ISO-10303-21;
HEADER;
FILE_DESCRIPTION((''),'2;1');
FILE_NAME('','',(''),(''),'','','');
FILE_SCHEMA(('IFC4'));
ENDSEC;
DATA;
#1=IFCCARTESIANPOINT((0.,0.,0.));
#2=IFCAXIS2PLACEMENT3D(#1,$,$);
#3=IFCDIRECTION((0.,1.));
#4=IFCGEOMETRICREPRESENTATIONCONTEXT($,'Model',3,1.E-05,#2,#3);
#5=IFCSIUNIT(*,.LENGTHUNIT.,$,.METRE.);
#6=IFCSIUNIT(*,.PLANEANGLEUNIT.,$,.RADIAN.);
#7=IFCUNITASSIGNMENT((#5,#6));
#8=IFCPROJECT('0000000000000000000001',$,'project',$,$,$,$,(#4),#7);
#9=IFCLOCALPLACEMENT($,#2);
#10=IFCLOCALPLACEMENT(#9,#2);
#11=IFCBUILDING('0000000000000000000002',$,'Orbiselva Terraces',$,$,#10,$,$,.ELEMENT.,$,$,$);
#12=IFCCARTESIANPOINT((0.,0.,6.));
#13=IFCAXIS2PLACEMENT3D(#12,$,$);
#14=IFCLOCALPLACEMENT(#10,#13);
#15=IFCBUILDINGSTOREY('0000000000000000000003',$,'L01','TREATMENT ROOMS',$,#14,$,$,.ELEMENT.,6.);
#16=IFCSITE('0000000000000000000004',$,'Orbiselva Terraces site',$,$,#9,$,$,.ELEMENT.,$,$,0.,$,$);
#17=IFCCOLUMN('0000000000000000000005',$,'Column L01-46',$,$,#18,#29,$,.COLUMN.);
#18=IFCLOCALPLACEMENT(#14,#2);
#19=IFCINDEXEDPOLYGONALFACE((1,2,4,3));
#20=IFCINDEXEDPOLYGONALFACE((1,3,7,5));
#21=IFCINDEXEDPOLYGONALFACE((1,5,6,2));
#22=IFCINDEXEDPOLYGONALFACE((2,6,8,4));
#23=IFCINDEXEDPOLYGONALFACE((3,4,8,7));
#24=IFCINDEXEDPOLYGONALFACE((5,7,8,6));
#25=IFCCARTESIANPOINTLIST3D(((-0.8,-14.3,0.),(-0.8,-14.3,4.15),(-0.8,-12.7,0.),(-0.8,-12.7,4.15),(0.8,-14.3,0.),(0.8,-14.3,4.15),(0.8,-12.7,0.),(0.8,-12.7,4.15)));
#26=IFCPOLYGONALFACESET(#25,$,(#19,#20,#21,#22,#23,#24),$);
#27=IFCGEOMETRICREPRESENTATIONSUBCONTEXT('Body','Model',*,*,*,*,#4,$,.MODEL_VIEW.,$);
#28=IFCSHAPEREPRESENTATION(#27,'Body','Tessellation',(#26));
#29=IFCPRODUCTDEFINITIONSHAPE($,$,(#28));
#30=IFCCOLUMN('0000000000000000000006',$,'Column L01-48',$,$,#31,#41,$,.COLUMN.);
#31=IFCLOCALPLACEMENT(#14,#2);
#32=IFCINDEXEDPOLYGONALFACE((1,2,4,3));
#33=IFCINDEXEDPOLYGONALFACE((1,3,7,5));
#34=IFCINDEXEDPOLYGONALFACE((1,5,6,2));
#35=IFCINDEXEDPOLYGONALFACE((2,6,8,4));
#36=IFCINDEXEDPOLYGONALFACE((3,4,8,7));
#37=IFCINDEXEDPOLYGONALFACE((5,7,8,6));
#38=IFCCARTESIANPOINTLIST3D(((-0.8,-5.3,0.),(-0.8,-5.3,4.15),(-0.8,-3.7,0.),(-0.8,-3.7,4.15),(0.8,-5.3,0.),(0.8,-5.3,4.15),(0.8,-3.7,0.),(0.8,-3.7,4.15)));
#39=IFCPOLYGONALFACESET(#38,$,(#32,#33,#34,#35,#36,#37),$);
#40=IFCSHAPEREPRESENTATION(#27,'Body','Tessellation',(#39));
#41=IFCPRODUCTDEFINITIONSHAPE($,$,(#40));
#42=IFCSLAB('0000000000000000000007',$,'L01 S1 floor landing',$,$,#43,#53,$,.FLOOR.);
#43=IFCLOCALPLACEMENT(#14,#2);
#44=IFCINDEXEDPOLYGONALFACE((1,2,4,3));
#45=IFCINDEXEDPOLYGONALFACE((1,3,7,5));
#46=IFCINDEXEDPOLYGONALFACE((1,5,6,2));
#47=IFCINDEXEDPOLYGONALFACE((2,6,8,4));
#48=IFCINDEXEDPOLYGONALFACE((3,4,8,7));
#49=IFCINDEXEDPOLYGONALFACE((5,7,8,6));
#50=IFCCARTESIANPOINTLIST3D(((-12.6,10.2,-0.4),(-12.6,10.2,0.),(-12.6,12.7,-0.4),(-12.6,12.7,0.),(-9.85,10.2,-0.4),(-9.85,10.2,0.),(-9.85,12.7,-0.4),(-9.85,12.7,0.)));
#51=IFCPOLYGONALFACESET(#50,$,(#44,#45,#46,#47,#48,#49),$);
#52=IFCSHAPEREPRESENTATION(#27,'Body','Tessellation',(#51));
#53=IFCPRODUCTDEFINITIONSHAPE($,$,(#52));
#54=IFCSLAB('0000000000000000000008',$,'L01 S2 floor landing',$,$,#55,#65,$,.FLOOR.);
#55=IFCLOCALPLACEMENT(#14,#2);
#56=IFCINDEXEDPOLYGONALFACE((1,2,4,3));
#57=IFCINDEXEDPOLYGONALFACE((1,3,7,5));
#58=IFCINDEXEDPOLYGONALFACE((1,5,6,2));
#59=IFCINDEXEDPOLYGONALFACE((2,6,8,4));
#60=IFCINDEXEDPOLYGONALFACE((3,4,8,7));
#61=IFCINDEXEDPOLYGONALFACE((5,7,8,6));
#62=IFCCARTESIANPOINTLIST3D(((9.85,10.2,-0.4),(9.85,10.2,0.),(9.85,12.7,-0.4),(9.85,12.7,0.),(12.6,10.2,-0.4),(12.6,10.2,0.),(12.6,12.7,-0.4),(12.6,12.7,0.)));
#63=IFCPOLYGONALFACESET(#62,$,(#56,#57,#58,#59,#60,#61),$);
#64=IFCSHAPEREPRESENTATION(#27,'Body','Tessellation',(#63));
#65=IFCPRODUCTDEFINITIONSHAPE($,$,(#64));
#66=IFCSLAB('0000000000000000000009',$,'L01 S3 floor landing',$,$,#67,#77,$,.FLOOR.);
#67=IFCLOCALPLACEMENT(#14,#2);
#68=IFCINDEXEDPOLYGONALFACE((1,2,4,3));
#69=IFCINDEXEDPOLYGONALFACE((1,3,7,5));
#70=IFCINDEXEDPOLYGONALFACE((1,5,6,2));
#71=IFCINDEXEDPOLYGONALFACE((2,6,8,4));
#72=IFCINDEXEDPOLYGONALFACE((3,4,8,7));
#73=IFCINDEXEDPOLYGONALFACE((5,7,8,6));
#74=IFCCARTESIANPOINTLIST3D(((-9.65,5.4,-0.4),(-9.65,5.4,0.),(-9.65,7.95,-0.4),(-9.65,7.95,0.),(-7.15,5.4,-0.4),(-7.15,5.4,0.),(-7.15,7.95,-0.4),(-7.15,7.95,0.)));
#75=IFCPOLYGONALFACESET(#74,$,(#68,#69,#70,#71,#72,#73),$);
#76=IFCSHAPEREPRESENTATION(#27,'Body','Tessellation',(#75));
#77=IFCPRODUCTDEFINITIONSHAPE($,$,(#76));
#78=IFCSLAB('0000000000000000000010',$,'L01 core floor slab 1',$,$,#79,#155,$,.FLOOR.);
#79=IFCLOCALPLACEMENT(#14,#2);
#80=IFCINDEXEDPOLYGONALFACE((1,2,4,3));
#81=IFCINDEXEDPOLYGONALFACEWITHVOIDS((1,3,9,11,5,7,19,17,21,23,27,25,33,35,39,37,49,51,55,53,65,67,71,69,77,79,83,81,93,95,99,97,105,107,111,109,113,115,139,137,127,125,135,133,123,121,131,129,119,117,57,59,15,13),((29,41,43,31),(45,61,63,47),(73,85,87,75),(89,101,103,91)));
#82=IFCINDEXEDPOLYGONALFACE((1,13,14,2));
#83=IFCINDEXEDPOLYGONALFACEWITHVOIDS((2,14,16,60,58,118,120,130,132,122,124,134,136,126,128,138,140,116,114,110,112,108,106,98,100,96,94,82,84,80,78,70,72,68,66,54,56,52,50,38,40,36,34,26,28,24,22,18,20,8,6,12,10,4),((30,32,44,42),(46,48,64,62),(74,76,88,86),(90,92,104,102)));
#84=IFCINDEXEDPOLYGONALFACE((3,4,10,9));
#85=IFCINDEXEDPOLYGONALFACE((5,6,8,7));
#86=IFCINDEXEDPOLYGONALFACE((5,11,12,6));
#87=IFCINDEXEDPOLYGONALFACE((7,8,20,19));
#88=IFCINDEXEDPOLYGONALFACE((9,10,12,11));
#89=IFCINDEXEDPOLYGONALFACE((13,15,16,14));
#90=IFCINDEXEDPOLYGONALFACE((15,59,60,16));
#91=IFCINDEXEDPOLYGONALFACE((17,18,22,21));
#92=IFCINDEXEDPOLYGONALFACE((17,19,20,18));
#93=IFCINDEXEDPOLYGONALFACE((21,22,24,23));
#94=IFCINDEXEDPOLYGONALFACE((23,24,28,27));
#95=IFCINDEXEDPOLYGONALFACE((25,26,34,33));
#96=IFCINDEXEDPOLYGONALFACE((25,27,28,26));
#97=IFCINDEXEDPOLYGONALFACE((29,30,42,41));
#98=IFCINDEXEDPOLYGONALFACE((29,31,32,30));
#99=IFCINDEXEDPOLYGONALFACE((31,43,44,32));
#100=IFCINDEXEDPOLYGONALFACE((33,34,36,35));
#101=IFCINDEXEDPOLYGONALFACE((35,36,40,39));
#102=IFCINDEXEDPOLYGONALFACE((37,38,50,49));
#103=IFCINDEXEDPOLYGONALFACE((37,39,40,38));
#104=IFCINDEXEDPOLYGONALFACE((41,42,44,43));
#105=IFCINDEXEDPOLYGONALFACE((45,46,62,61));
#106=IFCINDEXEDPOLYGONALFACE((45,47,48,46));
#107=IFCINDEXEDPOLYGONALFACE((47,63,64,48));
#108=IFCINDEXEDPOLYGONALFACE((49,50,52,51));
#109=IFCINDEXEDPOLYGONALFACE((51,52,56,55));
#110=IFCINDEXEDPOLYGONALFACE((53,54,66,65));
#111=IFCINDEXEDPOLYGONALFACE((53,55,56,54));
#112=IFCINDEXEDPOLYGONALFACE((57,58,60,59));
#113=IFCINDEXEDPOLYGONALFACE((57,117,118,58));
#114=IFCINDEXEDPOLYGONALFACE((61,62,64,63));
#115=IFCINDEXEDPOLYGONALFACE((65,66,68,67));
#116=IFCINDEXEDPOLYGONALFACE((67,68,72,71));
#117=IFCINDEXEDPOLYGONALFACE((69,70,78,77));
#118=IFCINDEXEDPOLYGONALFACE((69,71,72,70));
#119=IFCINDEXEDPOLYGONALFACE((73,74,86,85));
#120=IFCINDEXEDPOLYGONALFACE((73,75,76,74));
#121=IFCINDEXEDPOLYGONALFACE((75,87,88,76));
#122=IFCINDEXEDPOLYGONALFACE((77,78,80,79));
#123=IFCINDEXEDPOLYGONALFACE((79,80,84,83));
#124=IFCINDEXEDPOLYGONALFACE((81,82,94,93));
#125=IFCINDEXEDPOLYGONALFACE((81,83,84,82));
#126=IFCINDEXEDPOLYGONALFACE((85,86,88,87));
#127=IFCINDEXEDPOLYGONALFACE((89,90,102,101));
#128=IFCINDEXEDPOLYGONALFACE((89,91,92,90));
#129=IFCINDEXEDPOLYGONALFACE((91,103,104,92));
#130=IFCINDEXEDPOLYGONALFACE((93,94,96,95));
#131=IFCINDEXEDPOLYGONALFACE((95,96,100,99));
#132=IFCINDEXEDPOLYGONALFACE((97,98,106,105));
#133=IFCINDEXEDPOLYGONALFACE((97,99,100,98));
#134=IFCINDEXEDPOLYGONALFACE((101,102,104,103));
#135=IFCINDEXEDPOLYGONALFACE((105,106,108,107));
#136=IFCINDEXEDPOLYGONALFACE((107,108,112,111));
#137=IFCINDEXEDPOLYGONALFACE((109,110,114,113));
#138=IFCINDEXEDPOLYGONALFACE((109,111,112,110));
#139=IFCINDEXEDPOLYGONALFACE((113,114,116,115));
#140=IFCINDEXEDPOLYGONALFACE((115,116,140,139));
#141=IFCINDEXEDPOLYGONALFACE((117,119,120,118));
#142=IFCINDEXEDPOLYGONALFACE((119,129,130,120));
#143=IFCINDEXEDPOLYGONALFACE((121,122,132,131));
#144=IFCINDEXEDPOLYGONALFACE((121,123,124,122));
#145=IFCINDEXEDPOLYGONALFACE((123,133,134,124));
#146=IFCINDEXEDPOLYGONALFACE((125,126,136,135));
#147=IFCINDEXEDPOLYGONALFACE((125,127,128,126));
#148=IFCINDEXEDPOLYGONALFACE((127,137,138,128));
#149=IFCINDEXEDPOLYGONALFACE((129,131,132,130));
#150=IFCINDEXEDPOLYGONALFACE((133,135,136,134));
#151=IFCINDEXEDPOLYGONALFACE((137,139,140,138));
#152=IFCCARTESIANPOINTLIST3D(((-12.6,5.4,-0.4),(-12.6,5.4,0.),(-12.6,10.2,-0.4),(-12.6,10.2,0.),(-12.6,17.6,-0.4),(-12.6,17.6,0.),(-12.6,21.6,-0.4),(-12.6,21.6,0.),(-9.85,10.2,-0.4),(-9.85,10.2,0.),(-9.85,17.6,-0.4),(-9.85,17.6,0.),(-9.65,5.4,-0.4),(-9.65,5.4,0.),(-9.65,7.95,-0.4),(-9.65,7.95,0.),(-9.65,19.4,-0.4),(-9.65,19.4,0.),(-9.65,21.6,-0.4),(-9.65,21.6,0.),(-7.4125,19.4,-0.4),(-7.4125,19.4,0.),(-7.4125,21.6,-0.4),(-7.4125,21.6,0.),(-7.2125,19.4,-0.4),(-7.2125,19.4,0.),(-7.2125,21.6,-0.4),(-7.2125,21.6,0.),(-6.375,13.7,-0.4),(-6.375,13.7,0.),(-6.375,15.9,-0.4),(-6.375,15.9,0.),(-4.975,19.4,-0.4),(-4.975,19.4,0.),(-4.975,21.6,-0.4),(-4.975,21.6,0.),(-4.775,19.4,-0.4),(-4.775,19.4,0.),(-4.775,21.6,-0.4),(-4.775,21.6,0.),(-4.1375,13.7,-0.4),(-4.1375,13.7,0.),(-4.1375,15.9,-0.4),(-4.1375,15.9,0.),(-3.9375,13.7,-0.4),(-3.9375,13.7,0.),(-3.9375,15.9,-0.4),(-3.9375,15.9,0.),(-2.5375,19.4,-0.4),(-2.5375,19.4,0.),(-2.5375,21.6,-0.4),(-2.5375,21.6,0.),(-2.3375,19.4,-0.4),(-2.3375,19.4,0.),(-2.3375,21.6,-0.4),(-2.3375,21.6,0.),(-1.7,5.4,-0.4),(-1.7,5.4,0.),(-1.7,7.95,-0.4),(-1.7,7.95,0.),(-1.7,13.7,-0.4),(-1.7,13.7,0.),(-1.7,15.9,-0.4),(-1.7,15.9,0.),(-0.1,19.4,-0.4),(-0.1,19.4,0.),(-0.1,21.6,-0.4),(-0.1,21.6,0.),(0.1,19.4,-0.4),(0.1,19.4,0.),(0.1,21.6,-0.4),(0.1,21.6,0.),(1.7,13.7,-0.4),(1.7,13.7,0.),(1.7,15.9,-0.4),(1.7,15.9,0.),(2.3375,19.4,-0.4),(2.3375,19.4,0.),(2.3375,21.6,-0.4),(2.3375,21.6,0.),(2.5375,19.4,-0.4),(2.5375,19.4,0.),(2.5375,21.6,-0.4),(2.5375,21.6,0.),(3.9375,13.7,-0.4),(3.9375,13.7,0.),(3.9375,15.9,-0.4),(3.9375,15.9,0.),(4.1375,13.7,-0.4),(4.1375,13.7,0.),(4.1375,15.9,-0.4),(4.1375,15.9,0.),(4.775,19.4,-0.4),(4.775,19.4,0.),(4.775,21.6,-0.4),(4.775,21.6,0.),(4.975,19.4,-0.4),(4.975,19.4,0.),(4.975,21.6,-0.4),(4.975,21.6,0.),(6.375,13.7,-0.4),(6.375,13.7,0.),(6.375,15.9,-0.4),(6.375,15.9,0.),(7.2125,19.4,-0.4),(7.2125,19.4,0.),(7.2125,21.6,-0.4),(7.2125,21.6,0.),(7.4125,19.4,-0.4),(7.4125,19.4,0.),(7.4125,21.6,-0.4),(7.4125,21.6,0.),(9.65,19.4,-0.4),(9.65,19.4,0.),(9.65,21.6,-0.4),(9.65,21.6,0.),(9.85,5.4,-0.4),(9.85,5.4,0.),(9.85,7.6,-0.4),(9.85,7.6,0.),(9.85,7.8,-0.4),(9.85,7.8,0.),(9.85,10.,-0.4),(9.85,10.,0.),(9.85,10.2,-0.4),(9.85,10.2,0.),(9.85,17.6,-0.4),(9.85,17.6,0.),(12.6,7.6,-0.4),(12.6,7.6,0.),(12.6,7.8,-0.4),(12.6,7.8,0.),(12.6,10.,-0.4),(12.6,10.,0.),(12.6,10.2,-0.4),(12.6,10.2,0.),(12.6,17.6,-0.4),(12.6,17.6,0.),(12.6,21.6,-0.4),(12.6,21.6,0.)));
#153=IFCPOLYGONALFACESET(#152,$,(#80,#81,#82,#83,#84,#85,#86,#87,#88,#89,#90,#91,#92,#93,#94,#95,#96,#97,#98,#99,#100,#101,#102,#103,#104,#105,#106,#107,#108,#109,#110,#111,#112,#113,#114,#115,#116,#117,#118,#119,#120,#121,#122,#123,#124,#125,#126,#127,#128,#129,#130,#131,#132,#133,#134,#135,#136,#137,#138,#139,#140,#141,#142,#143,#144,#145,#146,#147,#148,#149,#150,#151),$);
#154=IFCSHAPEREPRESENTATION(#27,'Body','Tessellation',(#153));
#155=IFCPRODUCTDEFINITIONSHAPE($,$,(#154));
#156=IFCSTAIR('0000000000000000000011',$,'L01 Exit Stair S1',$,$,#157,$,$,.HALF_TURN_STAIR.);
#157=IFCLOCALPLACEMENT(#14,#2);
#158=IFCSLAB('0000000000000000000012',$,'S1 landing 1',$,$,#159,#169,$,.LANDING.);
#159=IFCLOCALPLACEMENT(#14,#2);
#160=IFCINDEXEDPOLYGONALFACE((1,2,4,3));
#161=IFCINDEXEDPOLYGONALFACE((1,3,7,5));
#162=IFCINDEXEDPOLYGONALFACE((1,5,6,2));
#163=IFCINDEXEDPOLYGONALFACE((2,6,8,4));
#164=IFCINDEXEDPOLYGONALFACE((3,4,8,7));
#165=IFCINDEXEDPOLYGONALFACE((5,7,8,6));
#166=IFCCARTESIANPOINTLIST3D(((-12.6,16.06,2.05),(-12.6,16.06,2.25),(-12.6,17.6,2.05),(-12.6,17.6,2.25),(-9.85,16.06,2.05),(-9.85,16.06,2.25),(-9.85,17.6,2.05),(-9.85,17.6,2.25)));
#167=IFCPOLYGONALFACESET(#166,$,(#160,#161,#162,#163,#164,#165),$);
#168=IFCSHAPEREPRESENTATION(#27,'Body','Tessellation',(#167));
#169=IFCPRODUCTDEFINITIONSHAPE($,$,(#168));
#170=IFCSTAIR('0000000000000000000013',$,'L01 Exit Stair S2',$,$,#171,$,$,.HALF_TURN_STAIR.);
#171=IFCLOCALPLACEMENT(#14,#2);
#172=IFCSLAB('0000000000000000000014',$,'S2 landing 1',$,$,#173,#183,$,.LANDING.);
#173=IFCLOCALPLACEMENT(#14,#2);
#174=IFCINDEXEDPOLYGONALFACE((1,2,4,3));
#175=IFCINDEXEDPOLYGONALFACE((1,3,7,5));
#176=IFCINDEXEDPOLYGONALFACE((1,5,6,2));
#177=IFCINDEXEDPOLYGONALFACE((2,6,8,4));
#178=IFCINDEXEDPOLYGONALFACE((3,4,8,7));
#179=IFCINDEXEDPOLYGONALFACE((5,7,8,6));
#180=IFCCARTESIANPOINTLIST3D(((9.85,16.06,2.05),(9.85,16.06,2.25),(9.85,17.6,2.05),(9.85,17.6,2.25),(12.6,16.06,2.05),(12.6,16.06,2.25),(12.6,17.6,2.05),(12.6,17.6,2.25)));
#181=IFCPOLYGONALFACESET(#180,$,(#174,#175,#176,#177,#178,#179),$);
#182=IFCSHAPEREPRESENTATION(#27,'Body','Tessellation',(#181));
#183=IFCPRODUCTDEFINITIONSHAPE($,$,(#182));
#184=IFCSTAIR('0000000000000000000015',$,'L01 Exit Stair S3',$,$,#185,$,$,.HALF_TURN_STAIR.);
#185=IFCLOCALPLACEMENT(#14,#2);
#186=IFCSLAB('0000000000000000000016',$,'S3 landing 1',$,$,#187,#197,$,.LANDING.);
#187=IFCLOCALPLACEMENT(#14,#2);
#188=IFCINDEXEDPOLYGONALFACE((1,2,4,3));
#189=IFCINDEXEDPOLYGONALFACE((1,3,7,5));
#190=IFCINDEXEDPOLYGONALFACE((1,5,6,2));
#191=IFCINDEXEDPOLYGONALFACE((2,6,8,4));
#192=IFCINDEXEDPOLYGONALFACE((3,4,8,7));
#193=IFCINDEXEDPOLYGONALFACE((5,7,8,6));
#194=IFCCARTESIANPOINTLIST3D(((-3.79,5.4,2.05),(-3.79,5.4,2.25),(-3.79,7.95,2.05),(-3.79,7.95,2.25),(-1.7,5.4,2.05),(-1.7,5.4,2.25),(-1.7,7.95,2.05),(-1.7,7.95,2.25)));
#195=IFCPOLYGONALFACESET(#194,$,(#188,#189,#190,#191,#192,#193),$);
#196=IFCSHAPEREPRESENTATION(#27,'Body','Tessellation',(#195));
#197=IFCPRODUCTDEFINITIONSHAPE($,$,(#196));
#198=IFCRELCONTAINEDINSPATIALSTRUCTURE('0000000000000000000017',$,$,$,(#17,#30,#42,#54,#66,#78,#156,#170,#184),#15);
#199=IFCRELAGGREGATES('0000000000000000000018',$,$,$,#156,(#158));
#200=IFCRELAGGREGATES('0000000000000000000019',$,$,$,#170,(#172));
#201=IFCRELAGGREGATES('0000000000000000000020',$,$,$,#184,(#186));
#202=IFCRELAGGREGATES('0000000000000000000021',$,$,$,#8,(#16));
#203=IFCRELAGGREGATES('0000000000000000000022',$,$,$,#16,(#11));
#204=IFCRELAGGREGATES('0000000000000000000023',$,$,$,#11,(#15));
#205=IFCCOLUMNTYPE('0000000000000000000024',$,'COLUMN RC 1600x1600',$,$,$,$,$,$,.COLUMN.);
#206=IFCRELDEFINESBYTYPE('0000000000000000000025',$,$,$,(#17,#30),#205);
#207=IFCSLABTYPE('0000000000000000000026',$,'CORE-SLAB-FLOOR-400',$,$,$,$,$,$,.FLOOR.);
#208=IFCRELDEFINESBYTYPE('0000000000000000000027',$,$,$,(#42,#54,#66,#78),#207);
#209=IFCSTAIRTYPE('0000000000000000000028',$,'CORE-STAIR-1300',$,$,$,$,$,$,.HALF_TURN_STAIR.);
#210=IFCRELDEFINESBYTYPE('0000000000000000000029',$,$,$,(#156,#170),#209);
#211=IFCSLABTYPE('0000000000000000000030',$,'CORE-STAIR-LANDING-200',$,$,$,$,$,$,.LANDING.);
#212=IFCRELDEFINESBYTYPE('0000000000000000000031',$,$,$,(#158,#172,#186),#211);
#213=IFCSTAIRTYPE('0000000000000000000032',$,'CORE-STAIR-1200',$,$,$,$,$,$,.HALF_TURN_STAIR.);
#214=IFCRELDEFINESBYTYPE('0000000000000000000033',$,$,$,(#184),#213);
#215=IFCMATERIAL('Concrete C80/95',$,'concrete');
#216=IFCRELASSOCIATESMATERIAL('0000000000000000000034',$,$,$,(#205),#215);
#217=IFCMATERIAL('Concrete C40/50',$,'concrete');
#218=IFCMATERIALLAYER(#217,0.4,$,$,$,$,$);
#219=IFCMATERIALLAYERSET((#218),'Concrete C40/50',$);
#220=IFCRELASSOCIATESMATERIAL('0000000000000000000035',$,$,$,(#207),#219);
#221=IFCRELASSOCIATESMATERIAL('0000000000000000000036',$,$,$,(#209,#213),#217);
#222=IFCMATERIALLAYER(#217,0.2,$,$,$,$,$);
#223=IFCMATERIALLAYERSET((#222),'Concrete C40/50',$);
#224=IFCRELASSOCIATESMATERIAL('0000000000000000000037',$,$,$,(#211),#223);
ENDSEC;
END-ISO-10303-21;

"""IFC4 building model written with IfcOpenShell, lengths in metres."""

from ifc_helpers import new_model, si_unit, direction, frame, origin, origin_2d, place, context, subcontext, project, spatial, polyline, rectangle, outline, extrude, material, layer, layer_set, material_profile, profile_set, type_object, element, aggregate, save


model = new_model("IFC4")

# Units and contexts
model_context = context("Model", 3, precision=1e-05, world=origin(), true_north=direction((0.0, 1.0)))
body_context = subcontext(model_context, "Body", "Model", "MODEL_VIEW")
ifc_project = project(units=[si_unit("LENGTHUNIT", "METRE"), si_unit("PLANEANGLEUNIT", "RADIAN")], contexts=[model_context])

# Site, building, storey
site_placement = place(None, origin())
site = spatial("IfcSite", under=ifc_project, at=site_placement, Name="Orbiselva Terraces site", CompositionType="ELEMENT", RefElevation=0.0)
building_placement = place(site_placement, origin())
building = spatial("IfcBuilding", under=site, at=building_placement, Name="Orbiselva Terraces", CompositionType="ELEMENT")
storey_placement = place(building_placement, frame((0.0, 0.0, 6.0)))
storey = spatial("IfcBuildingStorey", under=building, at=storey_placement, Name="L01", Description="TREATMENT ROOMS", CompositionType="ELEMENT", Elevation=6.0)

# Columns
ifc_material_1 = material(Name="Concrete C80/95", Category="concrete")
ifc_material_profile = material_profile(ifc_material_1, rectangle(XDim=1.6, YDim=1.6, at=origin_2d()), Name="RC 1600x1600")
ifc_profile_set = profile_set([ifc_material_profile], Name="Concrete C80/95")
column_type = type_object("IfcColumnType", Name="COLUMN RC 1600x1600", PredefinedType="COLUMN", material=ifc_profile_set)
for number, where, z_axis, x_axis, name in (
    (1, (0.0, -13.5, 0.0), (0.0, 0.0, 1.0), (1.0, 0.0, 0.0), "Column L01-46"),
    (2, (0.0, -4.5, 0.0), (0.0, 0.0, 1.0), (1.0, 0.0, 0.0), "Column L01-48"),
):
    element("IfcColumn", number, at=place(storey_placement, frame(where, z_axis=z_axis, x_axis=x_axis)), inside=storey, type_object=column_type, Name=name, PredefinedType="COLUMN", context=body_context, shape_type="SweptSolid", body=[
        extrude(rectangle(XDim=1.6, YDim=1.6, at=origin_2d()), origin(), (0.0, 0.0, 1.0), 4.15),
    ])

# Slabs
ifc_material_2 = material(Name="Concrete C40/50", Category="concrete")
ifc_layer_1 = layer(ifc_material_2, 0.4)
ifc_layer_set_1 = layer_set([ifc_layer_1], Name="Concrete C40/50")
slab_type_1 = type_object("IfcSlabType", Name="CORE-SLAB-FLOOR-400", PredefinedType="FLOOR", material=ifc_layer_set_1)
slab_1_placement = place(storey_placement, frame((0.0, 0.0, -0.4)))
element("IfcSlab", 3, at=slab_1_placement, inside=storey, type_object=slab_type_1, Name="L01 S1 floor landing", PredefinedType="FLOOR", context=body_context, shape_type="SweptSolid", body=[
    extrude(outline(polyline([(-12.6, 12.7), (-9.85, 12.7), (-9.85, 10.2), (-12.6, 10.2), (-12.6, 12.7)])), origin(), (0.0, 0.0, 1.0), 0.4),
])
slab_2_placement = place(storey_placement, frame((0.0, 0.0, -0.4)))
element("IfcSlab", 4, at=slab_2_placement, inside=storey, type_object=slab_type_1, Name="L01 S2 floor landing", PredefinedType="FLOOR", context=body_context, shape_type="SweptSolid", body=[
    extrude(outline(polyline([(12.6, 12.7), (12.6, 10.2), (9.85, 10.2), (9.85, 12.7), (12.6, 12.7)])), origin(), (0.0, 0.0, 1.0), 0.4),
])
slab_3_placement = place(storey_placement, frame((0.0, 0.0, -0.4)))
element("IfcSlab", 5, at=slab_3_placement, inside=storey, type_object=slab_type_1, Name="L01 S3 floor landing", PredefinedType="FLOOR", context=body_context, shape_type="SweptSolid", body=[
    extrude(outline(polyline([(-7.15, 5.4), (-9.65, 5.4), (-9.65, 7.95), (-7.15, 7.95), (-7.15, 5.4)])), origin(), (0.0, 0.0, 1.0), 0.4),
])
slab_4_placement = place(storey_placement, frame((0.0, 0.0, -0.4)))
element("IfcSlab", 6, at=slab_4_placement, inside=storey, type_object=slab_type_1, Name="L01 core floor slab 1", PredefinedType="FLOOR", context=body_context, shape_type="SweptSolid", body=[
    extrude(outline(polyline([(-1.7, 5.4), (-1.7, 7.95), (-9.65, 7.95), (-9.65, 5.4), (-12.6, 5.4), (-12.6, 10.2), (-9.85, 10.2), (-9.85, 17.6), (-12.6, 17.6), (-12.6, 21.6), (-9.65, 21.6), (-9.65, 19.4), (-7.4125, 19.4), (-7.4125, 21.6), (-7.2125, 21.6), (-7.2125, 19.4), (-4.975, 19.4), (-4.975, 21.6), (-4.775, 21.6), (-4.775, 19.4), (-2.5375, 19.4), (-2.5375, 21.6), (-2.3375, 21.6), (-2.3375, 19.4), (-0.1, 19.4), (-0.1, 21.6), (0.1, 21.6), (0.1, 19.4), (2.3375, 19.4), (2.3375, 21.6), (2.5375, 21.6), (2.5375, 19.4), (4.775, 19.4), (4.775, 21.6), (4.975, 21.6), (4.975, 19.4), (7.2125, 19.4), (7.2125, 21.6), (7.4125, 21.6), (7.4125, 19.4), (9.65, 19.4), (9.65, 21.6), (12.6, 21.6), (12.6, 17.6), (9.85, 17.6), (9.85, 10.2), (12.6, 10.2), (12.6, 10.0), (9.85, 10.0), (9.85, 7.8), (12.6, 7.8), (12.6, 7.6), (9.85, 7.6), (9.85, 5.4), (-1.7, 5.4)]), holes=[polyline([(-4.1375, 13.7), (-4.1375, 15.9), (-6.375, 15.9), (-6.375, 13.7), (-4.1375, 13.7)]), polyline([(-1.7, 13.7), (-1.7, 15.9), (-3.9375, 15.9), (-3.9375, 13.7), (-1.7, 13.7)]), polyline([(3.9375, 13.7), (3.9375, 15.9), (1.7, 15.9), (1.7, 13.7), (3.9375, 13.7)]), polyline([(6.375, 13.7), (6.375, 15.9), (4.1375, 15.9), (4.1375, 13.7), (6.375, 13.7)])]), origin(), (0.0, 0.0, 1.0), 0.4),
])

# Stairs, slabs
stair_type_1 = type_object("IfcStairType", Name="CORE-STAIR-1300", PredefinedType="HALF_TURN_STAIR", material=ifc_material_2)
stair_1_placement = place(storey_placement, origin())
stair_1 = element("IfcStair", 7, at=stair_1_placement, inside=storey, type_object=stair_type_1, Name="L01 Exit Stair S1", PredefinedType="HALF_TURN_STAIR")
ifc_layer_2 = layer(ifc_material_2, 0.2)
ifc_layer_set_2 = layer_set([ifc_layer_2], Name="Concrete C40/50")
slab_type_2 = type_object("IfcSlabType", Name="CORE-STAIR-LANDING-200", PredefinedType="LANDING", material=ifc_layer_set_2)
slab_5_placement = place(storey_placement, frame((0.0, 0.0, 2.05)))
slab_5 = element("IfcSlab", 8, at=slab_5_placement, type_object=slab_type_2, Name="S1 landing 1", PredefinedType="LANDING", context=body_context, shape_type="SweptSolid", body=[
    extrude(outline(polyline([(-9.85, 16.06), (-9.85, 17.6), (-12.6, 17.6), (-12.6, 16.06), (-9.85, 16.06)])), origin(), (0.0, 0.0, 1.0), 0.2),
])
aggregate(stair_1, [slab_5])
stair_2_placement = place(storey_placement, origin())
stair_2 = element("IfcStair", 9, at=stair_2_placement, inside=storey, type_object=stair_type_1, Name="L01 Exit Stair S2", PredefinedType="HALF_TURN_STAIR")
slab_6_placement = place(storey_placement, frame((0.0, 0.0, 2.05)))
slab_6 = element("IfcSlab", 10, at=slab_6_placement, type_object=slab_type_2, Name="S2 landing 1", PredefinedType="LANDING", context=body_context, shape_type="SweptSolid", body=[
    extrude(outline(polyline([(12.6, 16.06), (12.6, 17.6), (9.85, 17.6), (9.85, 16.06), (12.6, 16.06)])), origin(), (0.0, 0.0, 1.0), 0.2),
])
aggregate(stair_2, [slab_6])
stair_type_2 = type_object("IfcStairType", Name="CORE-STAIR-1200", PredefinedType="HALF_TURN_STAIR", material=ifc_material_2)
stair_3_placement = place(storey_placement, origin())
stair_3 = element("IfcStair", 11, at=stair_3_placement, inside=storey, type_object=stair_type_2, Name="L01 Exit Stair S3", PredefinedType="HALF_TURN_STAIR")
slab_7_placement = place(storey_placement, frame((0.0, 0.0, 2.05)))
slab_7 = element("IfcSlab", 12, at=slab_7_placement, type_object=slab_type_2, Name="S3 landing 1", PredefinedType="LANDING", context=body_context, shape_type="SweptSolid", body=[
    extrude(outline(polyline([(-3.79, 5.4), (-1.7, 5.4), (-1.7, 7.95), (-3.79, 7.95), (-3.79, 5.4)])), origin(), (0.0, 0.0, 1.0), 0.2),
])
aggregate(stair_3, [slab_7])

save(model, "model.ifc")
